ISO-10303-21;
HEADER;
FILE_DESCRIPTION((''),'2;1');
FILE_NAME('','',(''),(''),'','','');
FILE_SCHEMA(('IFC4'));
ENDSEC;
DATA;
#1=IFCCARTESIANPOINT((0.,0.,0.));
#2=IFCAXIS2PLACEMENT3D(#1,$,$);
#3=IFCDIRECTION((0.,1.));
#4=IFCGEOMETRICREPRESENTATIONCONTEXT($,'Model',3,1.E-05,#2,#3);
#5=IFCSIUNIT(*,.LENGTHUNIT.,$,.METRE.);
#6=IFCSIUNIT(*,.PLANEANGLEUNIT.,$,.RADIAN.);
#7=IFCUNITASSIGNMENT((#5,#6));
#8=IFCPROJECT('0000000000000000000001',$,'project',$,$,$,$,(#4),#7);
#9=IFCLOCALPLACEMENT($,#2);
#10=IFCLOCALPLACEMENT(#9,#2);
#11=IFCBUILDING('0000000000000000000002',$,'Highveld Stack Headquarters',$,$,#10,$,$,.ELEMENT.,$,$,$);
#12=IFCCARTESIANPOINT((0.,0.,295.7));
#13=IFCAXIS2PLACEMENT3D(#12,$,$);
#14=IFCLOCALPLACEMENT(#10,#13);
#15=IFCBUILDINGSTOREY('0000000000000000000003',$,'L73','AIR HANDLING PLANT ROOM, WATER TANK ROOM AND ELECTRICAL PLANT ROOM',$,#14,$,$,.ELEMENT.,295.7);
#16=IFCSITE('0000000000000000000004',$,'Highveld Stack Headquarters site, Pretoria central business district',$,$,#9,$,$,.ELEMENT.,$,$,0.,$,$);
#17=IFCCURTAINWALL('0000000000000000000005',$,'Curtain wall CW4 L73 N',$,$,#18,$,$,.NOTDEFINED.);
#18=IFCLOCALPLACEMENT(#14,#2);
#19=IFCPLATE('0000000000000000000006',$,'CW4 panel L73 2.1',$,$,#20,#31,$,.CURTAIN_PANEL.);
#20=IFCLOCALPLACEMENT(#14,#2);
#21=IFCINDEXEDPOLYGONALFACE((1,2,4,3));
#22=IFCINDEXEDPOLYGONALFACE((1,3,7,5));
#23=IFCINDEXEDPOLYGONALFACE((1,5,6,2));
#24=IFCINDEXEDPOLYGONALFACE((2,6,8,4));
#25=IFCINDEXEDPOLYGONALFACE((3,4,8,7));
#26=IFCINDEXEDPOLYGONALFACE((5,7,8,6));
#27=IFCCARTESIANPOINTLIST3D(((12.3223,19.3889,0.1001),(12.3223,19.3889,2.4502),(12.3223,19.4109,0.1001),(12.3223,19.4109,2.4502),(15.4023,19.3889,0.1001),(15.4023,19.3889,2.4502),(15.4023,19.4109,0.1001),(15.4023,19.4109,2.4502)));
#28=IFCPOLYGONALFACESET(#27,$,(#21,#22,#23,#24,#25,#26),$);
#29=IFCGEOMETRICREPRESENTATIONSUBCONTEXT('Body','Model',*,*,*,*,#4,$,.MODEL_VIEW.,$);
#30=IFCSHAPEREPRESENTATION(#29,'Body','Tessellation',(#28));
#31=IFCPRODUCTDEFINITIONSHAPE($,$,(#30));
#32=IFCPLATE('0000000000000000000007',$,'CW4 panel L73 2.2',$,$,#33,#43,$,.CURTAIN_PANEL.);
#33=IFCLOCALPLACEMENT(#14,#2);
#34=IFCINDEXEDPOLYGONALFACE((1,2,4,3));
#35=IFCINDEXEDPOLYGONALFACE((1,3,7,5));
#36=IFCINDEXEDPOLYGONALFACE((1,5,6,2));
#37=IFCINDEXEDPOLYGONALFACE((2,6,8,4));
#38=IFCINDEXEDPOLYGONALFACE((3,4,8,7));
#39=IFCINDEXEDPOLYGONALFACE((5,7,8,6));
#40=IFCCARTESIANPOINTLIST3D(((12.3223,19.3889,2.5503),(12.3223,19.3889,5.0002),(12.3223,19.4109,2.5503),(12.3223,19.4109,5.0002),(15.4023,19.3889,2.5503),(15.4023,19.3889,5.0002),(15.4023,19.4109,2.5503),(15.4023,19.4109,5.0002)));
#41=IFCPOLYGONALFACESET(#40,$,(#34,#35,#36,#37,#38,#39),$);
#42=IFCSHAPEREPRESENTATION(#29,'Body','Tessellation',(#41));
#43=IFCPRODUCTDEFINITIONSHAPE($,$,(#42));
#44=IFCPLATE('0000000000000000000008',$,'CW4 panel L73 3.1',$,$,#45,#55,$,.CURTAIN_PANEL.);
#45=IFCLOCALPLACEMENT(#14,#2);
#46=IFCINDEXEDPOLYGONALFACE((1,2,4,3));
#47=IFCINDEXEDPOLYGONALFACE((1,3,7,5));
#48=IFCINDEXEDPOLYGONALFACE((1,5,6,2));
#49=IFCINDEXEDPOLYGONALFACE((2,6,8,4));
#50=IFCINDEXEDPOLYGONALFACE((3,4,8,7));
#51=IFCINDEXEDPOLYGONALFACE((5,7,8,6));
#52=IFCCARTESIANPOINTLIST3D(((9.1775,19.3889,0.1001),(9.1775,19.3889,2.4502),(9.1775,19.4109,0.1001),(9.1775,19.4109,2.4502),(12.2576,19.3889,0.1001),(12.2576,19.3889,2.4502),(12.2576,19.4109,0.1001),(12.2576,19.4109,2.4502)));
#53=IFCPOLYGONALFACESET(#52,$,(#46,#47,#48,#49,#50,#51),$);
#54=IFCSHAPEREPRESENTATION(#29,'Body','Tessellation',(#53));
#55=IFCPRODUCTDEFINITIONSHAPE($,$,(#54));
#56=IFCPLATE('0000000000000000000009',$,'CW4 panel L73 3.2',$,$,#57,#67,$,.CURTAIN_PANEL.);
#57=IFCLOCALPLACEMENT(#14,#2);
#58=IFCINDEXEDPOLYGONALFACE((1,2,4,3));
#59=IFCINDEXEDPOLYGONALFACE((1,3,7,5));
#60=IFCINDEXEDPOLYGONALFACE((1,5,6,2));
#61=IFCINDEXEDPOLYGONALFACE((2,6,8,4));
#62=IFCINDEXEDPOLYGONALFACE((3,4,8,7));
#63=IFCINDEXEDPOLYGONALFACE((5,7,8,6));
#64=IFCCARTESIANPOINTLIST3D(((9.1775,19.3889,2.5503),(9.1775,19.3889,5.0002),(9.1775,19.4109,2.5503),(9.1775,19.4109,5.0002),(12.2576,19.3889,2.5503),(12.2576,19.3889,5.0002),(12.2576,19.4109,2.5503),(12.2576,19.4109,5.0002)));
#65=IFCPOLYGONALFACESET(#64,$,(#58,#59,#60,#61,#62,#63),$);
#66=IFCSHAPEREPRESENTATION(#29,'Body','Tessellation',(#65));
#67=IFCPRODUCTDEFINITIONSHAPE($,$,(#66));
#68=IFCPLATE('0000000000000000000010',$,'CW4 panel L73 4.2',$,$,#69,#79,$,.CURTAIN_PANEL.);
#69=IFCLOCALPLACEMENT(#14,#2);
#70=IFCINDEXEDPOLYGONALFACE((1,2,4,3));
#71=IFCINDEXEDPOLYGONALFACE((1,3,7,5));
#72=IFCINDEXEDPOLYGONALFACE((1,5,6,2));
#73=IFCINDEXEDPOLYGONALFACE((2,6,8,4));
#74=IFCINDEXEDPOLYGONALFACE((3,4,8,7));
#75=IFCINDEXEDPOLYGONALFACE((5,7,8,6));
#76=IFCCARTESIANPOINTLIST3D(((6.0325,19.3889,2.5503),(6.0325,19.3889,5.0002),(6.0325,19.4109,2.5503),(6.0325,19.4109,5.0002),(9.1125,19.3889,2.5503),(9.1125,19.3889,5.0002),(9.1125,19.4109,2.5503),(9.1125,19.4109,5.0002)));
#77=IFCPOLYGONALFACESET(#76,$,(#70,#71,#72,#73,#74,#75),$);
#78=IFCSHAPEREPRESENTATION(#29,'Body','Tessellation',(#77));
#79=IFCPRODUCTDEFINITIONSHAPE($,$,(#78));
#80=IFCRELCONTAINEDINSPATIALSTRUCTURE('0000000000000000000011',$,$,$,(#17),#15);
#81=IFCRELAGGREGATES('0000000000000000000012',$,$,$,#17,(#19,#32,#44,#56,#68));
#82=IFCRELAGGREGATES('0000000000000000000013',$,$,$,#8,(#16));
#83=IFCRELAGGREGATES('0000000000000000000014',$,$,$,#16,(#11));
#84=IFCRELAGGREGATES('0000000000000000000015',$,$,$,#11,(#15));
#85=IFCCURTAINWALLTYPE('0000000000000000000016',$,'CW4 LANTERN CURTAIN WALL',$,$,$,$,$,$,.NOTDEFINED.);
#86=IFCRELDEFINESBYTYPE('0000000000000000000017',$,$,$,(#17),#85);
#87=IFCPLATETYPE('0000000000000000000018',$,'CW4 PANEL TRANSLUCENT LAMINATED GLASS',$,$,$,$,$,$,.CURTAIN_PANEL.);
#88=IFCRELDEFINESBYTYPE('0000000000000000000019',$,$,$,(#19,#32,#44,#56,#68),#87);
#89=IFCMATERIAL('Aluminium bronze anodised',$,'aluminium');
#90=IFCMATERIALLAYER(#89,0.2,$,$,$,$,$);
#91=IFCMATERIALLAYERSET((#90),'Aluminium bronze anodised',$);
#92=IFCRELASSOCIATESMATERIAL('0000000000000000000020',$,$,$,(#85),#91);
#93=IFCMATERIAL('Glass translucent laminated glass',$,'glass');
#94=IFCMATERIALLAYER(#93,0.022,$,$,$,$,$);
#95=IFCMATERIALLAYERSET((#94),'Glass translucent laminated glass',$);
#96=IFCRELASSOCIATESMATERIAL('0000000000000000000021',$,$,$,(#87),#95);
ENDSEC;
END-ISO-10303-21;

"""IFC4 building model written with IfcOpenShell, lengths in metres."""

from ifc_helpers import new_model, si_unit, direction, frame, origin, origin_2d, place, context, subcontext, project, spatial, rectangle, extrude, material, layer, layer_set, type_object, element, aggregate, save


model = new_model("IFC4")

# Units and contexts
model_context = context("Model", 3, precision=1e-05, world=origin(), true_north=direction((0.0, 1.0)))
body_context = subcontext(model_context, "Body", "Model", "MODEL_VIEW")
ifc_project = project(units=[si_unit("LENGTHUNIT", "METRE"), si_unit("PLANEANGLEUNIT", "RADIAN")], contexts=[model_context])

# Site, building, storey
site_placement = place(None, origin())
site = spatial("IfcSite", under=ifc_project, at=site_placement, Name="Highveld Stack Headquarters site, Pretoria central business district", CompositionType="ELEMENT", RefElevation=0.0)
building_placement = place(site_placement, origin())
building = spatial("IfcBuilding", under=site, at=building_placement, Name="Highveld Stack Headquarters", CompositionType="ELEMENT")
storey_placement = place(building_placement, frame((0.0, 0.0, 295.7)))
storey = spatial("IfcBuildingStorey", under=building, at=storey_placement, Name="L73", Description="AIR HANDLING PLANT ROOM, WATER TANK ROOM AND ELECTRICAL PLANT ROOM", CompositionType="ELEMENT", Elevation=295.7)

# Curtain wall, plates
ifc_material_1 = material(Name="Aluminium bronze anodised", Category="aluminium")
ifc_layer_1 = layer(ifc_material_1, 0.2)
ifc_layer_set_1 = layer_set([ifc_layer_1], Name="Aluminium bronze anodised")
curtain_wall_type = type_object("IfcCurtainWallType", Name="CW4 LANTERN CURTAIN WALL", PredefinedType="NOTDEFINED", material=ifc_layer_set_1)
curtain_wall_placement = place(storey_placement, origin())
curtain_wall = element("IfcCurtainWall", 1, at=curtain_wall_placement, inside=storey, type_object=curtain_wall_type, Name="Curtain wall CW4 L73 N", PredefinedType="NOTDEFINED")
ifc_material_2 = material(Name="Glass translucent laminated glass", Category="glass")
ifc_layer_2 = layer(ifc_material_2, 0.022)
ifc_layer_set_2 = layer_set([ifc_layer_2], Name="Glass translucent laminated glass")
plate_type = type_object("IfcPlateType", Name="CW4 PANEL TRANSLUCENT LAMINATED GLASS", PredefinedType="CURTAIN_PANEL", material=ifc_layer_set_2)
plate_1_placement = place(storey_placement, frame((13.8623, 19.3999, 0.1001), z_axis=(0.0, 0.0, 1.0), x_axis=(-1.0, 0.0, 0.0)))
plate_1 = element("IfcPlate", 2, at=plate_1_placement, type_object=plate_type, Name="CW4 panel L73 2.1", PredefinedType="CURTAIN_PANEL", context=body_context, shape_type="SweptSolid", body=[
    extrude(rectangle(XDim=3.0801, YDim=0.022, at=origin_2d()), origin(), (0.0, 0.0, 1.0), 2.3501),
])
plate_2_placement = place(storey_placement, frame((13.8623, 19.3999, 2.5503), z_axis=(0.0, 0.0, 1.0), x_axis=(-1.0, 0.0, 0.0)))
plate_2 = element("IfcPlate", 3, at=plate_2_placement, type_object=plate_type, Name="CW4 panel L73 2.2", PredefinedType="CURTAIN_PANEL", context=body_context, shape_type="SweptSolid", body=[
    extrude(rectangle(XDim=3.0801, YDim=0.022, at=origin_2d()), origin(), (0.0, 0.0, 1.0), 2.45),
])
plate_3_placement = place(storey_placement, frame((10.7175, 19.3999, 0.1001), z_axis=(0.0, 0.0, 1.0), x_axis=(-1.0, 0.0, 0.0)))
plate_3 = element("IfcPlate", 4, at=plate_3_placement, type_object=plate_type, Name="CW4 panel L73 3.1", PredefinedType="CURTAIN_PANEL", context=body_context, shape_type="SweptSolid", body=[
    extrude(rectangle(XDim=3.0801, YDim=0.022, at=origin_2d()), origin(), (0.0, 0.0, 1.0), 2.3501),
])
plate_4_placement = place(storey_placement, frame((10.7175, 19.3999, 2.5503), z_axis=(0.0, 0.0, 1.0), x_axis=(-1.0, 0.0, 0.0)))
plate_4 = element("IfcPlate", 5, at=plate_4_placement, type_object=plate_type, Name="CW4 panel L73 3.2", PredefinedType="CURTAIN_PANEL", context=body_context, shape_type="SweptSolid", body=[
    extrude(rectangle(XDim=3.0801, YDim=0.022, at=origin_2d()), origin(), (0.0, 0.0, 1.0), 2.45),
])
plate_5_placement = place(storey_placement, frame((7.5725, 19.3999, 2.5503), z_axis=(0.0, 0.0, 1.0), x_axis=(-1.0, 0.0, 0.0)))
plate_5 = element("IfcPlate", 6, at=plate_5_placement, type_object=plate_type, Name="CW4 panel L73 4.2", PredefinedType="CURTAIN_PANEL", context=body_context, shape_type="SweptSolid", body=[
    extrude(rectangle(XDim=3.0801, YDim=0.022, at=origin_2d()), origin(), (0.0, 0.0, 1.0), 2.45),
])
aggregate(curtain_wall, [plate_1, plate_2, plate_3, plate_4, plate_5])

save(model, "model.ifc")
